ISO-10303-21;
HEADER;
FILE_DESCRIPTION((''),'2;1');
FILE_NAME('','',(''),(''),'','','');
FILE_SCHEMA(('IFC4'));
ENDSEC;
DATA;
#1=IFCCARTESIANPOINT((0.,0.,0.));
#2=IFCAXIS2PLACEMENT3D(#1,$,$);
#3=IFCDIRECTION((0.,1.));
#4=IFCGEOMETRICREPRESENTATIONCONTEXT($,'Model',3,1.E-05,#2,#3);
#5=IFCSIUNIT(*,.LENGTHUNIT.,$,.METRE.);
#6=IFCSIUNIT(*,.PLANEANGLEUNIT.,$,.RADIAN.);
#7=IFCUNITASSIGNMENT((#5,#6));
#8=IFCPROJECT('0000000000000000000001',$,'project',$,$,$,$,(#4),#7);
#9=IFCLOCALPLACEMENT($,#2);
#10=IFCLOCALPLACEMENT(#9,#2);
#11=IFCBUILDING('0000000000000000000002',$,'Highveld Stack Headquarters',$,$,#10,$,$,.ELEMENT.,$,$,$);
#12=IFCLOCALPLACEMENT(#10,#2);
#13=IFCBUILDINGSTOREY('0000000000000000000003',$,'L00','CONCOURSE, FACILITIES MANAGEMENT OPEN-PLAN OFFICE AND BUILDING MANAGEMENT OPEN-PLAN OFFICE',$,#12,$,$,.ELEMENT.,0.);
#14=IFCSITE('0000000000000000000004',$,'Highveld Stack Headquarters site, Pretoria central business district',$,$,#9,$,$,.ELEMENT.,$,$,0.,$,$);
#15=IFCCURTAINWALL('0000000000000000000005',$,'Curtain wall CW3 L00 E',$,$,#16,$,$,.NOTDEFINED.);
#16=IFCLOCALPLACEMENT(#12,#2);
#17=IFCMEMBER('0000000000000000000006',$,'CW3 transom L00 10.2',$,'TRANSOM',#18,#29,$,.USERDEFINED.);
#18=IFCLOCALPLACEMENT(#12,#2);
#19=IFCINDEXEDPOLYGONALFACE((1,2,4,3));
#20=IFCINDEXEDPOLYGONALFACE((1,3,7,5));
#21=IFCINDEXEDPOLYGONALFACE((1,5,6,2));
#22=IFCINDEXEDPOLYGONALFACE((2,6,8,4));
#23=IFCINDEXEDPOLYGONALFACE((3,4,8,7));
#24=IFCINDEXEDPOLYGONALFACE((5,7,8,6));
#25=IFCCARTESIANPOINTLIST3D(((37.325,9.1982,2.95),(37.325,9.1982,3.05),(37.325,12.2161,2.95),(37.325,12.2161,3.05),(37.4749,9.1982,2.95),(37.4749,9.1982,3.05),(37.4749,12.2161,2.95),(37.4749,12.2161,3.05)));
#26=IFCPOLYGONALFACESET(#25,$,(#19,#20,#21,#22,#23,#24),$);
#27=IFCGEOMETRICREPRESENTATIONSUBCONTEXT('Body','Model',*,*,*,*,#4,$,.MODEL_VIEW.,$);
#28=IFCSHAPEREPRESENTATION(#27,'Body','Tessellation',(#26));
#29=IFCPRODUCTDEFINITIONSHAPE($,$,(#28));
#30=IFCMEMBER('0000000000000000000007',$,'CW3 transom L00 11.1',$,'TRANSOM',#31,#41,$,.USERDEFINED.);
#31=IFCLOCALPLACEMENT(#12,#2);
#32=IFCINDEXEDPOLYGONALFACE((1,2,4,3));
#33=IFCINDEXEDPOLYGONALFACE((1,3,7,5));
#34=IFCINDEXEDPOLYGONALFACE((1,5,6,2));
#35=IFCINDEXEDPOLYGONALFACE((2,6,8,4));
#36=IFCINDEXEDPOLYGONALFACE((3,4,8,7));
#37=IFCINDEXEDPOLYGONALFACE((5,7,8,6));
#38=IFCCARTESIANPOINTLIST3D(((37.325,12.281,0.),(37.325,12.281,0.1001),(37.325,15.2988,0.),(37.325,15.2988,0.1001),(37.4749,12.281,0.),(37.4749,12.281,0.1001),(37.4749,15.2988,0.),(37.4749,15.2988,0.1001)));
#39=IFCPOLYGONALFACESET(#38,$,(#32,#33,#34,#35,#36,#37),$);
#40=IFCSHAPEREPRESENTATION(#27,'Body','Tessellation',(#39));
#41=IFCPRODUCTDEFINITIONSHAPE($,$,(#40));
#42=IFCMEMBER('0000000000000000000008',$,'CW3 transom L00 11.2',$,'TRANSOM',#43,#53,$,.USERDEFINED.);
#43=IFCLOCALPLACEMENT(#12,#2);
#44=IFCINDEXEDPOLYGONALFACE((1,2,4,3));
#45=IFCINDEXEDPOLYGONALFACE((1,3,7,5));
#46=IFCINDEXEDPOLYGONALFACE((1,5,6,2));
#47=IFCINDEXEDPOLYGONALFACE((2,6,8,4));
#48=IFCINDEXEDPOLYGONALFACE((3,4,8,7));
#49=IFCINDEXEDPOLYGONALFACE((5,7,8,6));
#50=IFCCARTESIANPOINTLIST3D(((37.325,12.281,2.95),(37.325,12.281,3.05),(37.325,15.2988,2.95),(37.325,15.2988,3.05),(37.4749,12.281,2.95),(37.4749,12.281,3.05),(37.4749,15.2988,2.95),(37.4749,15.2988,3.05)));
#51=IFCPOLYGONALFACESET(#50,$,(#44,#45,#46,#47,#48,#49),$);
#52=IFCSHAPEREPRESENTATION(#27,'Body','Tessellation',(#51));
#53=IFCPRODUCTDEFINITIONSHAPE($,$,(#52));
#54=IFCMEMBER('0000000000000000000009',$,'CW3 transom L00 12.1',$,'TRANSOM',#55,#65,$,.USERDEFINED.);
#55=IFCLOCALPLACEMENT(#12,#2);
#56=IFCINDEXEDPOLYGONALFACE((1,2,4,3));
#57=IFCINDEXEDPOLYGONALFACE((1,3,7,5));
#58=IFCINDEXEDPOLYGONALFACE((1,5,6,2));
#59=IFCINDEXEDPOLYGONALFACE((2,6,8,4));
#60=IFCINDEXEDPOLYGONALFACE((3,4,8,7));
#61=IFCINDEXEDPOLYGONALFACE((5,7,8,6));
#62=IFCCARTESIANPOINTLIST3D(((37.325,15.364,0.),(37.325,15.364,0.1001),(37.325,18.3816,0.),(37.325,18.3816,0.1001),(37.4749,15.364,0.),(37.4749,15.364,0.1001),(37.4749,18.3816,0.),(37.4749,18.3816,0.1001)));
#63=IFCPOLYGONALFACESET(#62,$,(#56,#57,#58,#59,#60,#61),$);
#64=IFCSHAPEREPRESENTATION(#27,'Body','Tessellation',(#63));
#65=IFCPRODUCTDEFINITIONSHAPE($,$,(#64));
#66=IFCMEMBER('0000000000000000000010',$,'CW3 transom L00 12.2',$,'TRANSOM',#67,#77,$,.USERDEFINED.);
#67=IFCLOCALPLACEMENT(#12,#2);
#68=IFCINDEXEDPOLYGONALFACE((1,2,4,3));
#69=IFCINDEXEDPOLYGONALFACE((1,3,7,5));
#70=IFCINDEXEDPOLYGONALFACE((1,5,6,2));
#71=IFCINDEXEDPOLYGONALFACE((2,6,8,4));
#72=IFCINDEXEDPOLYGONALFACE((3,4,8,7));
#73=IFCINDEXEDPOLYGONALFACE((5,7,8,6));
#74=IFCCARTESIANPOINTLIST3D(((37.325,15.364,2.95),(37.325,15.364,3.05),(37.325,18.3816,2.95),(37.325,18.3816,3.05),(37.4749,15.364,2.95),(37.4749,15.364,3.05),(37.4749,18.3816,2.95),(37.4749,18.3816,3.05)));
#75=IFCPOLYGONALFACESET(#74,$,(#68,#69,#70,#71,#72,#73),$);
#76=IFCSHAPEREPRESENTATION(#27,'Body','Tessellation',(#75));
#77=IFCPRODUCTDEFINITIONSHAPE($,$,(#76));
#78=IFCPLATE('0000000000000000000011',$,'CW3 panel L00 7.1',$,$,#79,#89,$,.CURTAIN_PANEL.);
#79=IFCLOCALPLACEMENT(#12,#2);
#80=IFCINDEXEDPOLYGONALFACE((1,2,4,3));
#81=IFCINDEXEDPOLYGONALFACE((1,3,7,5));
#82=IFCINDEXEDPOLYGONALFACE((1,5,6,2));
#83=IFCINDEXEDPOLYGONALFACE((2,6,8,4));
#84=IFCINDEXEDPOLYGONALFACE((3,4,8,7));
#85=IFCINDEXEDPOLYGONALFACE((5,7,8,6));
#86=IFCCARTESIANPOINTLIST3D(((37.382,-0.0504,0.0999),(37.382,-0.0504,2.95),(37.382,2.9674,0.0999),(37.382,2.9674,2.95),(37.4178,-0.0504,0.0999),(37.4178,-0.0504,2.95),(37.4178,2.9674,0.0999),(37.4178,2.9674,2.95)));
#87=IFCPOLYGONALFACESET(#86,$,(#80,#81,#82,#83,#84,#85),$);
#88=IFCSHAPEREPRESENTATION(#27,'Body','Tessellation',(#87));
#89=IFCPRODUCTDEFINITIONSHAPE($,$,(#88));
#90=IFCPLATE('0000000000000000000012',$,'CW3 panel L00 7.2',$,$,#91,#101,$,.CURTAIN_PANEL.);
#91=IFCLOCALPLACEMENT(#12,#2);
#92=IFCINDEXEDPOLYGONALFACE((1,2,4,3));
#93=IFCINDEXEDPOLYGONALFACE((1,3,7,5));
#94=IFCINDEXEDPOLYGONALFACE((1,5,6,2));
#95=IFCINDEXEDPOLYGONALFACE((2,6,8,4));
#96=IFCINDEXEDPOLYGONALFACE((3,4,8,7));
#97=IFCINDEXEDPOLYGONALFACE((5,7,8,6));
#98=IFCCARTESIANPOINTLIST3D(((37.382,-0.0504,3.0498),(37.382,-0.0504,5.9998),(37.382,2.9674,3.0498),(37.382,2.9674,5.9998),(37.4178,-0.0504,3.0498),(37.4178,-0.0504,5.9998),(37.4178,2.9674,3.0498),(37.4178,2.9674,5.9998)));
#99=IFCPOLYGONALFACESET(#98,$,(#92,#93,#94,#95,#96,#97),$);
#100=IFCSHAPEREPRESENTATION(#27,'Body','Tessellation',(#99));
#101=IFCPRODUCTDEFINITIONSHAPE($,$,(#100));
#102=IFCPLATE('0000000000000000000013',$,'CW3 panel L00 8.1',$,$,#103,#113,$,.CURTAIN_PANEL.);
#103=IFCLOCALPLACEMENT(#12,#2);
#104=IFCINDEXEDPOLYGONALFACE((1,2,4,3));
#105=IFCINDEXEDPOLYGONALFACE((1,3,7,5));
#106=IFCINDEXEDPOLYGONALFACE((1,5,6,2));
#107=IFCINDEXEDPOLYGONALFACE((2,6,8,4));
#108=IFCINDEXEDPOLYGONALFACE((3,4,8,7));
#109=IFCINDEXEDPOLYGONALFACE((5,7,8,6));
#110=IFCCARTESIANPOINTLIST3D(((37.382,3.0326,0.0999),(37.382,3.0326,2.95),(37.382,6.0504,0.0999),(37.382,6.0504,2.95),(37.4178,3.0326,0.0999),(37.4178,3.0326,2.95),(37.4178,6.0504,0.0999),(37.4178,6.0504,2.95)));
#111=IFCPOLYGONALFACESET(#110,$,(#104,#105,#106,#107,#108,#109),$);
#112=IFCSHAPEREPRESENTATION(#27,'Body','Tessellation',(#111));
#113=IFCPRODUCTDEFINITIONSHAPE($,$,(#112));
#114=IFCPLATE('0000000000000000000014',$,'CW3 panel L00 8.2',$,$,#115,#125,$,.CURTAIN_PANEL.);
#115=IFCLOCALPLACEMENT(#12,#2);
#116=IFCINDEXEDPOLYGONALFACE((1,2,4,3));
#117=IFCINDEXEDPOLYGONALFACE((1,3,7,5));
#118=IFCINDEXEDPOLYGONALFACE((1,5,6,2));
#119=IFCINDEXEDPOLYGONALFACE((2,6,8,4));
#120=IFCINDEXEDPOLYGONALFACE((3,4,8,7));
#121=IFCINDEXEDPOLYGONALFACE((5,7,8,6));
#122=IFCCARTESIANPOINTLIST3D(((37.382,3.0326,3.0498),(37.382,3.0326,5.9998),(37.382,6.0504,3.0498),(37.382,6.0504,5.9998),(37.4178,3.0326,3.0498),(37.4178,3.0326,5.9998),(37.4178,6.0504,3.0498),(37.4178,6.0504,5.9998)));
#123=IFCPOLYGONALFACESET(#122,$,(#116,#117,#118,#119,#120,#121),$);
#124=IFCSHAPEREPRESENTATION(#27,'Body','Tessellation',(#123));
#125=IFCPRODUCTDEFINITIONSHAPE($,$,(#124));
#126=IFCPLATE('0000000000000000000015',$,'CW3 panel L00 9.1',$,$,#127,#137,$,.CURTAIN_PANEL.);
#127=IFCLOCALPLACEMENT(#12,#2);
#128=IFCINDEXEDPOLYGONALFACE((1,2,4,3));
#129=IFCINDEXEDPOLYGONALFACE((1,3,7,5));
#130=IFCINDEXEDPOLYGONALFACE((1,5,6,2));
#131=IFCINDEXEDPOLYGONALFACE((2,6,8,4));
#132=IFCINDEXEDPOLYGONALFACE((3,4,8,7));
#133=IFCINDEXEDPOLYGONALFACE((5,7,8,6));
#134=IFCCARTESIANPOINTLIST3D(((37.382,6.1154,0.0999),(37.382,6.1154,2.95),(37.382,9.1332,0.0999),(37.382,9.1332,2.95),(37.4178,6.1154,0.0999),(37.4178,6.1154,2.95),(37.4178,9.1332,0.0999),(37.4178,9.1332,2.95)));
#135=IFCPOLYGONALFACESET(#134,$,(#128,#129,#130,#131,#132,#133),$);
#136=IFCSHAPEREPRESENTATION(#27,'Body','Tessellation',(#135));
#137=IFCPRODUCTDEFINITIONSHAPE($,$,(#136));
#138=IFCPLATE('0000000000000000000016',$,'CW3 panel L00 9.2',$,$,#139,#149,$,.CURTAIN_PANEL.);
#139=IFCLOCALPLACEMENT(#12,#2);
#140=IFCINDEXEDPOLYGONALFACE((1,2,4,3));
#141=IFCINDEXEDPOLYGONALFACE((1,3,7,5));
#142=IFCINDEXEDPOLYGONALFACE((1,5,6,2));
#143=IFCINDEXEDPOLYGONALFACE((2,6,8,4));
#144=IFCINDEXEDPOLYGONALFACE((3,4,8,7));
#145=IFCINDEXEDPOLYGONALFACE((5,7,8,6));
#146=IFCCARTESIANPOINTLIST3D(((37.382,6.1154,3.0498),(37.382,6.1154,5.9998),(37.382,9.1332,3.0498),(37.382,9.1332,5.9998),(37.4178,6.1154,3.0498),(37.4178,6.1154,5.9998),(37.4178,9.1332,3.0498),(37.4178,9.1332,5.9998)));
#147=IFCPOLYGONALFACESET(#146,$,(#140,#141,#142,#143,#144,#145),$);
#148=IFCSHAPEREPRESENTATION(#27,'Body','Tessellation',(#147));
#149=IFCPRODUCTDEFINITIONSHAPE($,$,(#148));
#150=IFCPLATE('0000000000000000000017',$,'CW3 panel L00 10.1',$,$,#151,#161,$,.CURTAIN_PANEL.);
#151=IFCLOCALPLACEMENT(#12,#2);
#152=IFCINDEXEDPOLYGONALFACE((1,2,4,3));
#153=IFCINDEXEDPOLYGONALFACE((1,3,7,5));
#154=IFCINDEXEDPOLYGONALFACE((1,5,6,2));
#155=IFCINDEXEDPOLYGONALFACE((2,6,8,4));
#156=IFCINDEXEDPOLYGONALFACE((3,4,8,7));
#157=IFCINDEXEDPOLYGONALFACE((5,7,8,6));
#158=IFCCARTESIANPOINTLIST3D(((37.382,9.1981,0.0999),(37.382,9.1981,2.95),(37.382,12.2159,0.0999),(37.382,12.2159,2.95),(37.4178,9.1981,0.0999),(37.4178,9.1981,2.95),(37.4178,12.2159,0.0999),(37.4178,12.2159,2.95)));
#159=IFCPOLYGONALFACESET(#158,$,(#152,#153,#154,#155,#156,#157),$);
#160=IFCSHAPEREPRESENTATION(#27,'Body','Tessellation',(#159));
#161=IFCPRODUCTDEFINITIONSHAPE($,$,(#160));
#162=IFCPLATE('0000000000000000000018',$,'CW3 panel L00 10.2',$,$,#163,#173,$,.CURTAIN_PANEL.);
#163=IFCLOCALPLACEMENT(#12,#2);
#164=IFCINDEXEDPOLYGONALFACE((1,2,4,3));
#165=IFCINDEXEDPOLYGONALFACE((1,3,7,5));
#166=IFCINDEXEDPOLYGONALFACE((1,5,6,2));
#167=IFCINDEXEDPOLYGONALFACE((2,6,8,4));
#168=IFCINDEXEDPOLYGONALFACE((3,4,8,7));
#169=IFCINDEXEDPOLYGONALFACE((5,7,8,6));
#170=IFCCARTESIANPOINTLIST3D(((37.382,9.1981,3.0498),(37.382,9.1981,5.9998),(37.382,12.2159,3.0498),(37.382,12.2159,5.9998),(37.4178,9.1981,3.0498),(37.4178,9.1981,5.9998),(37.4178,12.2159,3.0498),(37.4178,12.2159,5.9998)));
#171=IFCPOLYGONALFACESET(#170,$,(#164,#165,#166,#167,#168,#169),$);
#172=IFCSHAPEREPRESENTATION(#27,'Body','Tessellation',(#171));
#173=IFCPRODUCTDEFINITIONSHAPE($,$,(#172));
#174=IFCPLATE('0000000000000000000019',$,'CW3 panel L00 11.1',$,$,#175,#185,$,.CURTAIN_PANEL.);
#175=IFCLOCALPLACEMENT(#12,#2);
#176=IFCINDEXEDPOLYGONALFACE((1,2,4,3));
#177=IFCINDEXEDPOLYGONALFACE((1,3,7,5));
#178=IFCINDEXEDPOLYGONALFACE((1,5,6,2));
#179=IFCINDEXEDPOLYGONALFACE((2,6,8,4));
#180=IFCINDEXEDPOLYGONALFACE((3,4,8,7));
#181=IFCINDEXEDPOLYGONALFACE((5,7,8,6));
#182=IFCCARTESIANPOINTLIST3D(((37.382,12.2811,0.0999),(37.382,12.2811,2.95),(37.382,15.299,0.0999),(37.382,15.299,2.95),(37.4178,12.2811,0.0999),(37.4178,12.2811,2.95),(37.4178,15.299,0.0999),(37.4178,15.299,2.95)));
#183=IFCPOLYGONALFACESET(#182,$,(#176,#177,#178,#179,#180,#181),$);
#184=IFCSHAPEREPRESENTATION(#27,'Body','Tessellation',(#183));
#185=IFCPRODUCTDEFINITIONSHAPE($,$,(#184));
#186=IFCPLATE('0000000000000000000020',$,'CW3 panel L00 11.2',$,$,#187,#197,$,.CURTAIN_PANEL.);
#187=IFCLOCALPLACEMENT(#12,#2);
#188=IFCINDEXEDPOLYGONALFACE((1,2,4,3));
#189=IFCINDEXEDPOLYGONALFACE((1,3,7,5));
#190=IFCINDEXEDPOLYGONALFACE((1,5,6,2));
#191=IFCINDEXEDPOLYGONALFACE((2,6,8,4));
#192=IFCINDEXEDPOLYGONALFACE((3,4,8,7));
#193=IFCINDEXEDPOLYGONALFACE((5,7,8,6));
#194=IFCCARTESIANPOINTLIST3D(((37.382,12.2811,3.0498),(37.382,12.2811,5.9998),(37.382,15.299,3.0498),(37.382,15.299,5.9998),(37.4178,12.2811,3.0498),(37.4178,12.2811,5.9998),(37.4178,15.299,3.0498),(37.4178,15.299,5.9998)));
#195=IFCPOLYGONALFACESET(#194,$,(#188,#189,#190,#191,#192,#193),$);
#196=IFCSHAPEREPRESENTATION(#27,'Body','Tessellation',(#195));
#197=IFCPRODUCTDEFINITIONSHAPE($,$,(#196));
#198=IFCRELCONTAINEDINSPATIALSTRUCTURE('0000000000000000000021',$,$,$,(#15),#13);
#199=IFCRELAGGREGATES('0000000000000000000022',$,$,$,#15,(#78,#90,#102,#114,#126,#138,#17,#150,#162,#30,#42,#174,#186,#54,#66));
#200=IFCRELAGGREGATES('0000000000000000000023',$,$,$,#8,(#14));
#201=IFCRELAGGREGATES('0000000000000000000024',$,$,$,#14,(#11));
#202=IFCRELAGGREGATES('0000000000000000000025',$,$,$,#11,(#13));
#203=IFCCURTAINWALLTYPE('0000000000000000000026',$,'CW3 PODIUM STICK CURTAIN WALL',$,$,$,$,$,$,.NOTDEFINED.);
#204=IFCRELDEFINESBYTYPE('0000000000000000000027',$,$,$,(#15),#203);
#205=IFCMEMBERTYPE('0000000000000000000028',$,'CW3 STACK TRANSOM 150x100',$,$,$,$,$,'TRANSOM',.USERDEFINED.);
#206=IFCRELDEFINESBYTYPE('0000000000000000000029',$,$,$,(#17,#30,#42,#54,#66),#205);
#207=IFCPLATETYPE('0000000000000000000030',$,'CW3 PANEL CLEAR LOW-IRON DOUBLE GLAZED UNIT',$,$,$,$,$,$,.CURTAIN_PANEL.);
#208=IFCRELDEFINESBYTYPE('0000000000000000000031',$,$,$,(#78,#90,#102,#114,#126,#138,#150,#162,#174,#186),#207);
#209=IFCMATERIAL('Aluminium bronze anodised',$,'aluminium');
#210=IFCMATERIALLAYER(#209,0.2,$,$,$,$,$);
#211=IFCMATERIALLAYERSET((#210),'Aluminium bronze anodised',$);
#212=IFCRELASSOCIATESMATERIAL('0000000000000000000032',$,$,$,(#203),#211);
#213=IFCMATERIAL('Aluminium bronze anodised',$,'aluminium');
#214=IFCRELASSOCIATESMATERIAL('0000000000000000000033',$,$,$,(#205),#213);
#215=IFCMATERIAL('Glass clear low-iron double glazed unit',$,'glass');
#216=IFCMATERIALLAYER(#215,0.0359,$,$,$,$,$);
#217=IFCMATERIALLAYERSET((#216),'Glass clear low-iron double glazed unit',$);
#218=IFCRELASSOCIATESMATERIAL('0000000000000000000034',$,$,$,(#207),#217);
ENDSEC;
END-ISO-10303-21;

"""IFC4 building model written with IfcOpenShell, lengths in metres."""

from ifc_helpers import new_model, si_unit, direction, frame, origin, origin_2d, place, context, subcontext, project, spatial, rectangle, extrude, material, layer, layer_set, material_profile, profile_set, type_object, element, aggregate, save


model = new_model("IFC4")

# Units and contexts
model_context = context("Model", 3, precision=1e-05, world=origin(), true_north=direction((0.0, 1.0)))
body_context = subcontext(model_context, "Body", "Model", "MODEL_VIEW")
ifc_project = project(units=[si_unit("LENGTHUNIT", "METRE"), si_unit("PLANEANGLEUNIT", "RADIAN")], contexts=[model_context])

# Site, building, storey
site_placement = place(None, origin())
site = spatial("IfcSite", under=ifc_project, at=site_placement, Name="Highveld Stack Headquarters site, Pretoria central business district", CompositionType="ELEMENT", RefElevation=0.0)
building_placement = place(site_placement, origin())
building = spatial("IfcBuilding", under=site, at=building_placement, Name="Highveld Stack Headquarters", CompositionType="ELEMENT")
storey_placement = place(building_placement, origin())
storey = spatial("IfcBuildingStorey", under=building, at=storey_placement, Name="L00", Description="CONCOURSE, FACILITIES MANAGEMENT OPEN-PLAN OFFICE AND BUILDING MANAGEMENT OPEN-PLAN OFFICE", CompositionType="ELEMENT", Elevation=0.0)

# Curtain wall, members, plates
ifc_material_1 = material(Name="Aluminium bronze anodised", Category="aluminium")
ifc_layer_1 = layer(ifc_material_1, 0.2)
ifc_layer_set_1 = layer_set([ifc_layer_1], Name="Aluminium bronze anodised")
curtain_wall_type = type_object("IfcCurtainWallType", Name="CW3 PODIUM STICK CURTAIN WALL", PredefinedType="NOTDEFINED", material=ifc_layer_set_1)
curtain_wall_placement = place(storey_placement, origin())
curtain_wall = element("IfcCurtainWall", 1, at=curtain_wall_placement, inside=storey, type_object=curtain_wall_type, Name="Curtain wall CW3 L00 E", PredefinedType="NOTDEFINED")
ifc_material_2 = material(Name="Aluminium bronze anodised", Category="aluminium")
ifc_material_profile_1 = material_profile(ifc_material_2, rectangle(XDim=0.1499, YDim=0.1001, at=origin_2d()), Name="CW3 TRANSOM 150x100")
ifc_profile_set_1 = profile_set([ifc_material_profile_1], Name="Aluminium bronze anodised")
member_type_1 = type_object("IfcMemberType", Name="CW3 STACK TRANSOM 150x100", ElementType="TRANSOM", PredefinedType="USERDEFINED", material=ifc_profile_set_1)
member_1_placement = place(storey_placement, frame((37.3999, 9.1982, 3.0), z_axis=(0.0, 1.0, 0.0), x_axis=(-1.0, 0.0, 0.0)))
member_1 = element("IfcMember", 2, at=member_1_placement, type_object=member_type_1, Name="CW3 transom L00 10.2", ObjectType="TRANSOM", PredefinedType="USERDEFINED", context=body_context, shape_type="SweptSolid", body=[
    extrude(rectangle(XDim=0.1499, YDim=0.1001, at=origin_2d()), origin(), (0.0, 0.0, 1.0), 3.0178),
])
member_2_placement = place(storey_placement, frame((37.3999, 12.281, 0.05), z_axis=(0.0, 1.0, 0.0), x_axis=(-1.0, 0.0, 0.0)))
member_2 = element("IfcMember", 3, at=member_2_placement, type_object=member_type_1, Name="CW3 transom L00 11.1", ObjectType="TRANSOM", PredefinedType="USERDEFINED", context=body_context, shape_type="SweptSolid", body=[
    extrude(rectangle(XDim=0.1499, YDim=0.1001, at=origin_2d()), origin(), (0.0, 0.0, 1.0), 3.0178),
])
member_3_placement = place(storey_placement, frame((37.3999, 12.281, 3.0), z_axis=(0.0, 1.0, 0.0), x_axis=(-1.0, 0.0, 0.0)))
member_3 = element("IfcMember", 4, at=member_3_placement, type_object=member_type_1, Name="CW3 transom L00 11.2", ObjectType="TRANSOM", PredefinedType="USERDEFINED", context=body_context, shape_type="SweptSolid", body=[
    extrude(rectangle(XDim=0.1499, YDim=0.1001, at=origin_2d()), origin(), (0.0, 0.0, 1.0), 3.0178),
])
member_4_placement = place(storey_placement, frame((37.3999, 15.364, 0.05), z_axis=(0.0, 1.0, 0.0), x_axis=(-1.0, 0.0, 0.0)))
member_4 = element("IfcMember", 5, at=member_4_placement, type_object=member_type_1, Name="CW3 transom L00 12.1", ObjectType="TRANSOM", PredefinedType="USERDEFINED", context=body_context, shape_type="SweptSolid", body=[
    extrude(rectangle(XDim=0.1499, YDim=0.1001, at=origin_2d()), origin(), (0.0, 0.0, 1.0), 3.0176),
])
member_5_placement = place(storey_placement, frame((37.3999, 15.364, 3.0), z_axis=(0.0, 1.0, 0.0), x_axis=(-1.0, 0.0, 0.0)))
member_5 = element("IfcMember", 6, at=member_5_placement, type_object=member_type_1, Name="CW3 transom L00 12.2", ObjectType="TRANSOM", PredefinedType="USERDEFINED", context=body_context, shape_type="SweptSolid", body=[
    extrude(rectangle(XDim=0.1499, YDim=0.1001, at=origin_2d()), origin(), (0.0, 0.0, 1.0), 3.0176),
])
ifc_material_3 = material(Name="Glass clear low-iron double glazed unit", Category="glass")
ifc_layer_2 = layer(ifc_material_3, 0.0359)
ifc_layer_set_2 = layer_set([ifc_layer_2], Name="Glass clear low-iron double glazed unit")
plate_type = type_object("IfcPlateType", Name="CW3 PANEL CLEAR LOW-IRON DOUBLE GLAZED UNIT", PredefinedType="CURTAIN_PANEL", material=ifc_layer_set_2)
plate_1_placement = place(storey_placement, frame((37.3999, 1.4585, 0.0999), z_axis=(0.0, 0.0, 1.0), x_axis=(0.0, 1.0, 0.0)))
plate_1 = element("IfcPlate", 7, at=plate_1_placement, type_object=plate_type, Name="CW3 panel L00 7.1", PredefinedType="CURTAIN_PANEL", context=body_context, shape_type="SweptSolid", body=[
    extrude(rectangle(XDim=3.0178, YDim=0.0359, at=origin_2d()), origin(), (0.0, 0.0, 1.0), 2.8501),
])
plate_2_placement = place(storey_placement, frame((37.3999, 1.4585, 3.0498), z_axis=(0.0, 0.0, 1.0), x_axis=(0.0, 1.0, 0.0)))
plate_2 = element("IfcPlate", 8, at=plate_2_placement, type_object=plate_type, Name="CW3 panel L00 7.2", PredefinedType="CURTAIN_PANEL", context=body_context, shape_type="SweptSolid", body=[
    extrude(rectangle(XDim=3.0178, YDim=0.0359, at=origin_2d()), origin(), (0.0, 0.0, 1.0), 2.95),
])
plate_3_placement = place(storey_placement, frame((37.3999, 4.5415, 0.0999), z_axis=(0.0, 0.0, 1.0), x_axis=(0.0, 1.0, 0.0)))
plate_3 = element("IfcPlate", 9, at=plate_3_placement, type_object=plate_type, Name="CW3 panel L00 8.1", PredefinedType="CURTAIN_PANEL", context=body_context, shape_type="SweptSolid", body=[
    extrude(rectangle(XDim=3.0178, YDim=0.0359, at=origin_2d()), origin(), (0.0, 0.0, 1.0), 2.8501),
])
plate_4_placement = place(storey_placement, frame((37.3999, 4.5415, 3.0498), z_axis=(0.0, 0.0, 1.0), x_axis=(0.0, 1.0, 0.0)))
plate_4 = element("IfcPlate", 10, at=plate_4_placement, type_object=plate_type, Name="CW3 panel L00 8.2", PredefinedType="CURTAIN_PANEL", context=body_context, shape_type="SweptSolid", body=[
    extrude(rectangle(XDim=3.0178, YDim=0.0359, at=origin_2d()), origin(), (0.0, 0.0, 1.0), 2.95),
])
plate_5_placement = place(storey_placement, frame((37.3999, 7.6243, 0.0999), z_axis=(0.0, 0.0, 1.0), x_axis=(0.0, 1.0, 0.0)))
plate_5 = element("IfcPlate", 11, at=plate_5_placement, type_object=plate_type, Name="CW3 panel L00 9.1", PredefinedType="CURTAIN_PANEL", context=body_context, shape_type="SweptSolid", body=[
    extrude(rectangle(XDim=3.0178, YDim=0.0359, at=origin_2d()), origin(), (0.0, 0.0, 1.0), 2.8501),
])
plate_6_placement = place(storey_placement, frame((37.3999, 7.6243, 3.0498), z_axis=(0.0, 0.0, 1.0), x_axis=(0.0, 1.0, 0.0)))
plate_6 = element("IfcPlate", 12, at=plate_6_placement, type_object=plate_type, Name="CW3 panel L00 9.2", PredefinedType="CURTAIN_PANEL", context=body_context, shape_type="SweptSolid", body=[
    extrude(rectangle(XDim=3.0178, YDim=0.0359, at=origin_2d()), origin(), (0.0, 0.0, 1.0), 2.95),
])
plate_7_placement = place(storey_placement, frame((37.3999, 10.707, 0.0999), z_axis=(0.0, 0.0, 1.0), x_axis=(0.0, 1.0, 0.0)))
plate_7 = element("IfcPlate", 13, at=plate_7_placement, type_object=plate_type, Name="CW3 panel L00 10.1", PredefinedType="CURTAIN_PANEL", context=body_context, shape_type="SweptSolid", body=[
    extrude(rectangle(XDim=3.0178, YDim=0.0359, at=origin_2d()), origin(), (0.0, 0.0, 1.0), 2.8501),
])
plate_8_placement = place(storey_placement, frame((37.3999, 10.707, 3.0498), z_axis=(0.0, 0.0, 1.0), x_axis=(0.0, 1.0, 0.0)))
plate_8 = element("IfcPlate", 14, at=plate_8_placement, type_object=plate_type, Name="CW3 panel L00 10.2", PredefinedType="CURTAIN_PANEL", context=body_context, shape_type="SweptSolid", body=[
    extrude(rectangle(XDim=3.0178, YDim=0.0359, at=origin_2d()), origin(), (0.0, 0.0, 1.0), 2.95),
])
plate_9_placement = place(storey_placement, frame((37.3999, 13.79, 0.0999), z_axis=(0.0, 0.0, 1.0), x_axis=(0.0, 1.0, 0.0)))
plate_9 = element("IfcPlate", 15, at=plate_9_placement, type_object=plate_type, Name="CW3 panel L00 11.1", PredefinedType="CURTAIN_PANEL", context=body_context, shape_type="SweptSolid", body=[
    extrude(rectangle(XDim=3.0178, YDim=0.0359, at=origin_2d()), origin(), (0.0, 0.0, 1.0), 2.8501),
])
plate_10_placement = place(storey_placement, frame((37.3999, 13.79, 3.0498), z_axis=(0.0, 0.0, 1.0), x_axis=(0.0, 1.0, 0.0)))
plate_10 = element("IfcPlate", 16, at=plate_10_placement, type_object=plate_type, Name="CW3 panel L00 11.2", PredefinedType="CURTAIN_PANEL", context=body_context, shape_type="SweptSolid", body=[
    extrude(rectangle(XDim=3.0178, YDim=0.0359, at=origin_2d()), origin(), (0.0, 0.0, 1.0), 2.95),
])
aggregate(curtain_wall, [plate_1, plate_2, plate_3, plate_4, plate_5, plate_6, member_1, plate_7, plate_8, member_2, member_3, plate_9, plate_10, member_4, member_5])

save(model, "model.ifc")
